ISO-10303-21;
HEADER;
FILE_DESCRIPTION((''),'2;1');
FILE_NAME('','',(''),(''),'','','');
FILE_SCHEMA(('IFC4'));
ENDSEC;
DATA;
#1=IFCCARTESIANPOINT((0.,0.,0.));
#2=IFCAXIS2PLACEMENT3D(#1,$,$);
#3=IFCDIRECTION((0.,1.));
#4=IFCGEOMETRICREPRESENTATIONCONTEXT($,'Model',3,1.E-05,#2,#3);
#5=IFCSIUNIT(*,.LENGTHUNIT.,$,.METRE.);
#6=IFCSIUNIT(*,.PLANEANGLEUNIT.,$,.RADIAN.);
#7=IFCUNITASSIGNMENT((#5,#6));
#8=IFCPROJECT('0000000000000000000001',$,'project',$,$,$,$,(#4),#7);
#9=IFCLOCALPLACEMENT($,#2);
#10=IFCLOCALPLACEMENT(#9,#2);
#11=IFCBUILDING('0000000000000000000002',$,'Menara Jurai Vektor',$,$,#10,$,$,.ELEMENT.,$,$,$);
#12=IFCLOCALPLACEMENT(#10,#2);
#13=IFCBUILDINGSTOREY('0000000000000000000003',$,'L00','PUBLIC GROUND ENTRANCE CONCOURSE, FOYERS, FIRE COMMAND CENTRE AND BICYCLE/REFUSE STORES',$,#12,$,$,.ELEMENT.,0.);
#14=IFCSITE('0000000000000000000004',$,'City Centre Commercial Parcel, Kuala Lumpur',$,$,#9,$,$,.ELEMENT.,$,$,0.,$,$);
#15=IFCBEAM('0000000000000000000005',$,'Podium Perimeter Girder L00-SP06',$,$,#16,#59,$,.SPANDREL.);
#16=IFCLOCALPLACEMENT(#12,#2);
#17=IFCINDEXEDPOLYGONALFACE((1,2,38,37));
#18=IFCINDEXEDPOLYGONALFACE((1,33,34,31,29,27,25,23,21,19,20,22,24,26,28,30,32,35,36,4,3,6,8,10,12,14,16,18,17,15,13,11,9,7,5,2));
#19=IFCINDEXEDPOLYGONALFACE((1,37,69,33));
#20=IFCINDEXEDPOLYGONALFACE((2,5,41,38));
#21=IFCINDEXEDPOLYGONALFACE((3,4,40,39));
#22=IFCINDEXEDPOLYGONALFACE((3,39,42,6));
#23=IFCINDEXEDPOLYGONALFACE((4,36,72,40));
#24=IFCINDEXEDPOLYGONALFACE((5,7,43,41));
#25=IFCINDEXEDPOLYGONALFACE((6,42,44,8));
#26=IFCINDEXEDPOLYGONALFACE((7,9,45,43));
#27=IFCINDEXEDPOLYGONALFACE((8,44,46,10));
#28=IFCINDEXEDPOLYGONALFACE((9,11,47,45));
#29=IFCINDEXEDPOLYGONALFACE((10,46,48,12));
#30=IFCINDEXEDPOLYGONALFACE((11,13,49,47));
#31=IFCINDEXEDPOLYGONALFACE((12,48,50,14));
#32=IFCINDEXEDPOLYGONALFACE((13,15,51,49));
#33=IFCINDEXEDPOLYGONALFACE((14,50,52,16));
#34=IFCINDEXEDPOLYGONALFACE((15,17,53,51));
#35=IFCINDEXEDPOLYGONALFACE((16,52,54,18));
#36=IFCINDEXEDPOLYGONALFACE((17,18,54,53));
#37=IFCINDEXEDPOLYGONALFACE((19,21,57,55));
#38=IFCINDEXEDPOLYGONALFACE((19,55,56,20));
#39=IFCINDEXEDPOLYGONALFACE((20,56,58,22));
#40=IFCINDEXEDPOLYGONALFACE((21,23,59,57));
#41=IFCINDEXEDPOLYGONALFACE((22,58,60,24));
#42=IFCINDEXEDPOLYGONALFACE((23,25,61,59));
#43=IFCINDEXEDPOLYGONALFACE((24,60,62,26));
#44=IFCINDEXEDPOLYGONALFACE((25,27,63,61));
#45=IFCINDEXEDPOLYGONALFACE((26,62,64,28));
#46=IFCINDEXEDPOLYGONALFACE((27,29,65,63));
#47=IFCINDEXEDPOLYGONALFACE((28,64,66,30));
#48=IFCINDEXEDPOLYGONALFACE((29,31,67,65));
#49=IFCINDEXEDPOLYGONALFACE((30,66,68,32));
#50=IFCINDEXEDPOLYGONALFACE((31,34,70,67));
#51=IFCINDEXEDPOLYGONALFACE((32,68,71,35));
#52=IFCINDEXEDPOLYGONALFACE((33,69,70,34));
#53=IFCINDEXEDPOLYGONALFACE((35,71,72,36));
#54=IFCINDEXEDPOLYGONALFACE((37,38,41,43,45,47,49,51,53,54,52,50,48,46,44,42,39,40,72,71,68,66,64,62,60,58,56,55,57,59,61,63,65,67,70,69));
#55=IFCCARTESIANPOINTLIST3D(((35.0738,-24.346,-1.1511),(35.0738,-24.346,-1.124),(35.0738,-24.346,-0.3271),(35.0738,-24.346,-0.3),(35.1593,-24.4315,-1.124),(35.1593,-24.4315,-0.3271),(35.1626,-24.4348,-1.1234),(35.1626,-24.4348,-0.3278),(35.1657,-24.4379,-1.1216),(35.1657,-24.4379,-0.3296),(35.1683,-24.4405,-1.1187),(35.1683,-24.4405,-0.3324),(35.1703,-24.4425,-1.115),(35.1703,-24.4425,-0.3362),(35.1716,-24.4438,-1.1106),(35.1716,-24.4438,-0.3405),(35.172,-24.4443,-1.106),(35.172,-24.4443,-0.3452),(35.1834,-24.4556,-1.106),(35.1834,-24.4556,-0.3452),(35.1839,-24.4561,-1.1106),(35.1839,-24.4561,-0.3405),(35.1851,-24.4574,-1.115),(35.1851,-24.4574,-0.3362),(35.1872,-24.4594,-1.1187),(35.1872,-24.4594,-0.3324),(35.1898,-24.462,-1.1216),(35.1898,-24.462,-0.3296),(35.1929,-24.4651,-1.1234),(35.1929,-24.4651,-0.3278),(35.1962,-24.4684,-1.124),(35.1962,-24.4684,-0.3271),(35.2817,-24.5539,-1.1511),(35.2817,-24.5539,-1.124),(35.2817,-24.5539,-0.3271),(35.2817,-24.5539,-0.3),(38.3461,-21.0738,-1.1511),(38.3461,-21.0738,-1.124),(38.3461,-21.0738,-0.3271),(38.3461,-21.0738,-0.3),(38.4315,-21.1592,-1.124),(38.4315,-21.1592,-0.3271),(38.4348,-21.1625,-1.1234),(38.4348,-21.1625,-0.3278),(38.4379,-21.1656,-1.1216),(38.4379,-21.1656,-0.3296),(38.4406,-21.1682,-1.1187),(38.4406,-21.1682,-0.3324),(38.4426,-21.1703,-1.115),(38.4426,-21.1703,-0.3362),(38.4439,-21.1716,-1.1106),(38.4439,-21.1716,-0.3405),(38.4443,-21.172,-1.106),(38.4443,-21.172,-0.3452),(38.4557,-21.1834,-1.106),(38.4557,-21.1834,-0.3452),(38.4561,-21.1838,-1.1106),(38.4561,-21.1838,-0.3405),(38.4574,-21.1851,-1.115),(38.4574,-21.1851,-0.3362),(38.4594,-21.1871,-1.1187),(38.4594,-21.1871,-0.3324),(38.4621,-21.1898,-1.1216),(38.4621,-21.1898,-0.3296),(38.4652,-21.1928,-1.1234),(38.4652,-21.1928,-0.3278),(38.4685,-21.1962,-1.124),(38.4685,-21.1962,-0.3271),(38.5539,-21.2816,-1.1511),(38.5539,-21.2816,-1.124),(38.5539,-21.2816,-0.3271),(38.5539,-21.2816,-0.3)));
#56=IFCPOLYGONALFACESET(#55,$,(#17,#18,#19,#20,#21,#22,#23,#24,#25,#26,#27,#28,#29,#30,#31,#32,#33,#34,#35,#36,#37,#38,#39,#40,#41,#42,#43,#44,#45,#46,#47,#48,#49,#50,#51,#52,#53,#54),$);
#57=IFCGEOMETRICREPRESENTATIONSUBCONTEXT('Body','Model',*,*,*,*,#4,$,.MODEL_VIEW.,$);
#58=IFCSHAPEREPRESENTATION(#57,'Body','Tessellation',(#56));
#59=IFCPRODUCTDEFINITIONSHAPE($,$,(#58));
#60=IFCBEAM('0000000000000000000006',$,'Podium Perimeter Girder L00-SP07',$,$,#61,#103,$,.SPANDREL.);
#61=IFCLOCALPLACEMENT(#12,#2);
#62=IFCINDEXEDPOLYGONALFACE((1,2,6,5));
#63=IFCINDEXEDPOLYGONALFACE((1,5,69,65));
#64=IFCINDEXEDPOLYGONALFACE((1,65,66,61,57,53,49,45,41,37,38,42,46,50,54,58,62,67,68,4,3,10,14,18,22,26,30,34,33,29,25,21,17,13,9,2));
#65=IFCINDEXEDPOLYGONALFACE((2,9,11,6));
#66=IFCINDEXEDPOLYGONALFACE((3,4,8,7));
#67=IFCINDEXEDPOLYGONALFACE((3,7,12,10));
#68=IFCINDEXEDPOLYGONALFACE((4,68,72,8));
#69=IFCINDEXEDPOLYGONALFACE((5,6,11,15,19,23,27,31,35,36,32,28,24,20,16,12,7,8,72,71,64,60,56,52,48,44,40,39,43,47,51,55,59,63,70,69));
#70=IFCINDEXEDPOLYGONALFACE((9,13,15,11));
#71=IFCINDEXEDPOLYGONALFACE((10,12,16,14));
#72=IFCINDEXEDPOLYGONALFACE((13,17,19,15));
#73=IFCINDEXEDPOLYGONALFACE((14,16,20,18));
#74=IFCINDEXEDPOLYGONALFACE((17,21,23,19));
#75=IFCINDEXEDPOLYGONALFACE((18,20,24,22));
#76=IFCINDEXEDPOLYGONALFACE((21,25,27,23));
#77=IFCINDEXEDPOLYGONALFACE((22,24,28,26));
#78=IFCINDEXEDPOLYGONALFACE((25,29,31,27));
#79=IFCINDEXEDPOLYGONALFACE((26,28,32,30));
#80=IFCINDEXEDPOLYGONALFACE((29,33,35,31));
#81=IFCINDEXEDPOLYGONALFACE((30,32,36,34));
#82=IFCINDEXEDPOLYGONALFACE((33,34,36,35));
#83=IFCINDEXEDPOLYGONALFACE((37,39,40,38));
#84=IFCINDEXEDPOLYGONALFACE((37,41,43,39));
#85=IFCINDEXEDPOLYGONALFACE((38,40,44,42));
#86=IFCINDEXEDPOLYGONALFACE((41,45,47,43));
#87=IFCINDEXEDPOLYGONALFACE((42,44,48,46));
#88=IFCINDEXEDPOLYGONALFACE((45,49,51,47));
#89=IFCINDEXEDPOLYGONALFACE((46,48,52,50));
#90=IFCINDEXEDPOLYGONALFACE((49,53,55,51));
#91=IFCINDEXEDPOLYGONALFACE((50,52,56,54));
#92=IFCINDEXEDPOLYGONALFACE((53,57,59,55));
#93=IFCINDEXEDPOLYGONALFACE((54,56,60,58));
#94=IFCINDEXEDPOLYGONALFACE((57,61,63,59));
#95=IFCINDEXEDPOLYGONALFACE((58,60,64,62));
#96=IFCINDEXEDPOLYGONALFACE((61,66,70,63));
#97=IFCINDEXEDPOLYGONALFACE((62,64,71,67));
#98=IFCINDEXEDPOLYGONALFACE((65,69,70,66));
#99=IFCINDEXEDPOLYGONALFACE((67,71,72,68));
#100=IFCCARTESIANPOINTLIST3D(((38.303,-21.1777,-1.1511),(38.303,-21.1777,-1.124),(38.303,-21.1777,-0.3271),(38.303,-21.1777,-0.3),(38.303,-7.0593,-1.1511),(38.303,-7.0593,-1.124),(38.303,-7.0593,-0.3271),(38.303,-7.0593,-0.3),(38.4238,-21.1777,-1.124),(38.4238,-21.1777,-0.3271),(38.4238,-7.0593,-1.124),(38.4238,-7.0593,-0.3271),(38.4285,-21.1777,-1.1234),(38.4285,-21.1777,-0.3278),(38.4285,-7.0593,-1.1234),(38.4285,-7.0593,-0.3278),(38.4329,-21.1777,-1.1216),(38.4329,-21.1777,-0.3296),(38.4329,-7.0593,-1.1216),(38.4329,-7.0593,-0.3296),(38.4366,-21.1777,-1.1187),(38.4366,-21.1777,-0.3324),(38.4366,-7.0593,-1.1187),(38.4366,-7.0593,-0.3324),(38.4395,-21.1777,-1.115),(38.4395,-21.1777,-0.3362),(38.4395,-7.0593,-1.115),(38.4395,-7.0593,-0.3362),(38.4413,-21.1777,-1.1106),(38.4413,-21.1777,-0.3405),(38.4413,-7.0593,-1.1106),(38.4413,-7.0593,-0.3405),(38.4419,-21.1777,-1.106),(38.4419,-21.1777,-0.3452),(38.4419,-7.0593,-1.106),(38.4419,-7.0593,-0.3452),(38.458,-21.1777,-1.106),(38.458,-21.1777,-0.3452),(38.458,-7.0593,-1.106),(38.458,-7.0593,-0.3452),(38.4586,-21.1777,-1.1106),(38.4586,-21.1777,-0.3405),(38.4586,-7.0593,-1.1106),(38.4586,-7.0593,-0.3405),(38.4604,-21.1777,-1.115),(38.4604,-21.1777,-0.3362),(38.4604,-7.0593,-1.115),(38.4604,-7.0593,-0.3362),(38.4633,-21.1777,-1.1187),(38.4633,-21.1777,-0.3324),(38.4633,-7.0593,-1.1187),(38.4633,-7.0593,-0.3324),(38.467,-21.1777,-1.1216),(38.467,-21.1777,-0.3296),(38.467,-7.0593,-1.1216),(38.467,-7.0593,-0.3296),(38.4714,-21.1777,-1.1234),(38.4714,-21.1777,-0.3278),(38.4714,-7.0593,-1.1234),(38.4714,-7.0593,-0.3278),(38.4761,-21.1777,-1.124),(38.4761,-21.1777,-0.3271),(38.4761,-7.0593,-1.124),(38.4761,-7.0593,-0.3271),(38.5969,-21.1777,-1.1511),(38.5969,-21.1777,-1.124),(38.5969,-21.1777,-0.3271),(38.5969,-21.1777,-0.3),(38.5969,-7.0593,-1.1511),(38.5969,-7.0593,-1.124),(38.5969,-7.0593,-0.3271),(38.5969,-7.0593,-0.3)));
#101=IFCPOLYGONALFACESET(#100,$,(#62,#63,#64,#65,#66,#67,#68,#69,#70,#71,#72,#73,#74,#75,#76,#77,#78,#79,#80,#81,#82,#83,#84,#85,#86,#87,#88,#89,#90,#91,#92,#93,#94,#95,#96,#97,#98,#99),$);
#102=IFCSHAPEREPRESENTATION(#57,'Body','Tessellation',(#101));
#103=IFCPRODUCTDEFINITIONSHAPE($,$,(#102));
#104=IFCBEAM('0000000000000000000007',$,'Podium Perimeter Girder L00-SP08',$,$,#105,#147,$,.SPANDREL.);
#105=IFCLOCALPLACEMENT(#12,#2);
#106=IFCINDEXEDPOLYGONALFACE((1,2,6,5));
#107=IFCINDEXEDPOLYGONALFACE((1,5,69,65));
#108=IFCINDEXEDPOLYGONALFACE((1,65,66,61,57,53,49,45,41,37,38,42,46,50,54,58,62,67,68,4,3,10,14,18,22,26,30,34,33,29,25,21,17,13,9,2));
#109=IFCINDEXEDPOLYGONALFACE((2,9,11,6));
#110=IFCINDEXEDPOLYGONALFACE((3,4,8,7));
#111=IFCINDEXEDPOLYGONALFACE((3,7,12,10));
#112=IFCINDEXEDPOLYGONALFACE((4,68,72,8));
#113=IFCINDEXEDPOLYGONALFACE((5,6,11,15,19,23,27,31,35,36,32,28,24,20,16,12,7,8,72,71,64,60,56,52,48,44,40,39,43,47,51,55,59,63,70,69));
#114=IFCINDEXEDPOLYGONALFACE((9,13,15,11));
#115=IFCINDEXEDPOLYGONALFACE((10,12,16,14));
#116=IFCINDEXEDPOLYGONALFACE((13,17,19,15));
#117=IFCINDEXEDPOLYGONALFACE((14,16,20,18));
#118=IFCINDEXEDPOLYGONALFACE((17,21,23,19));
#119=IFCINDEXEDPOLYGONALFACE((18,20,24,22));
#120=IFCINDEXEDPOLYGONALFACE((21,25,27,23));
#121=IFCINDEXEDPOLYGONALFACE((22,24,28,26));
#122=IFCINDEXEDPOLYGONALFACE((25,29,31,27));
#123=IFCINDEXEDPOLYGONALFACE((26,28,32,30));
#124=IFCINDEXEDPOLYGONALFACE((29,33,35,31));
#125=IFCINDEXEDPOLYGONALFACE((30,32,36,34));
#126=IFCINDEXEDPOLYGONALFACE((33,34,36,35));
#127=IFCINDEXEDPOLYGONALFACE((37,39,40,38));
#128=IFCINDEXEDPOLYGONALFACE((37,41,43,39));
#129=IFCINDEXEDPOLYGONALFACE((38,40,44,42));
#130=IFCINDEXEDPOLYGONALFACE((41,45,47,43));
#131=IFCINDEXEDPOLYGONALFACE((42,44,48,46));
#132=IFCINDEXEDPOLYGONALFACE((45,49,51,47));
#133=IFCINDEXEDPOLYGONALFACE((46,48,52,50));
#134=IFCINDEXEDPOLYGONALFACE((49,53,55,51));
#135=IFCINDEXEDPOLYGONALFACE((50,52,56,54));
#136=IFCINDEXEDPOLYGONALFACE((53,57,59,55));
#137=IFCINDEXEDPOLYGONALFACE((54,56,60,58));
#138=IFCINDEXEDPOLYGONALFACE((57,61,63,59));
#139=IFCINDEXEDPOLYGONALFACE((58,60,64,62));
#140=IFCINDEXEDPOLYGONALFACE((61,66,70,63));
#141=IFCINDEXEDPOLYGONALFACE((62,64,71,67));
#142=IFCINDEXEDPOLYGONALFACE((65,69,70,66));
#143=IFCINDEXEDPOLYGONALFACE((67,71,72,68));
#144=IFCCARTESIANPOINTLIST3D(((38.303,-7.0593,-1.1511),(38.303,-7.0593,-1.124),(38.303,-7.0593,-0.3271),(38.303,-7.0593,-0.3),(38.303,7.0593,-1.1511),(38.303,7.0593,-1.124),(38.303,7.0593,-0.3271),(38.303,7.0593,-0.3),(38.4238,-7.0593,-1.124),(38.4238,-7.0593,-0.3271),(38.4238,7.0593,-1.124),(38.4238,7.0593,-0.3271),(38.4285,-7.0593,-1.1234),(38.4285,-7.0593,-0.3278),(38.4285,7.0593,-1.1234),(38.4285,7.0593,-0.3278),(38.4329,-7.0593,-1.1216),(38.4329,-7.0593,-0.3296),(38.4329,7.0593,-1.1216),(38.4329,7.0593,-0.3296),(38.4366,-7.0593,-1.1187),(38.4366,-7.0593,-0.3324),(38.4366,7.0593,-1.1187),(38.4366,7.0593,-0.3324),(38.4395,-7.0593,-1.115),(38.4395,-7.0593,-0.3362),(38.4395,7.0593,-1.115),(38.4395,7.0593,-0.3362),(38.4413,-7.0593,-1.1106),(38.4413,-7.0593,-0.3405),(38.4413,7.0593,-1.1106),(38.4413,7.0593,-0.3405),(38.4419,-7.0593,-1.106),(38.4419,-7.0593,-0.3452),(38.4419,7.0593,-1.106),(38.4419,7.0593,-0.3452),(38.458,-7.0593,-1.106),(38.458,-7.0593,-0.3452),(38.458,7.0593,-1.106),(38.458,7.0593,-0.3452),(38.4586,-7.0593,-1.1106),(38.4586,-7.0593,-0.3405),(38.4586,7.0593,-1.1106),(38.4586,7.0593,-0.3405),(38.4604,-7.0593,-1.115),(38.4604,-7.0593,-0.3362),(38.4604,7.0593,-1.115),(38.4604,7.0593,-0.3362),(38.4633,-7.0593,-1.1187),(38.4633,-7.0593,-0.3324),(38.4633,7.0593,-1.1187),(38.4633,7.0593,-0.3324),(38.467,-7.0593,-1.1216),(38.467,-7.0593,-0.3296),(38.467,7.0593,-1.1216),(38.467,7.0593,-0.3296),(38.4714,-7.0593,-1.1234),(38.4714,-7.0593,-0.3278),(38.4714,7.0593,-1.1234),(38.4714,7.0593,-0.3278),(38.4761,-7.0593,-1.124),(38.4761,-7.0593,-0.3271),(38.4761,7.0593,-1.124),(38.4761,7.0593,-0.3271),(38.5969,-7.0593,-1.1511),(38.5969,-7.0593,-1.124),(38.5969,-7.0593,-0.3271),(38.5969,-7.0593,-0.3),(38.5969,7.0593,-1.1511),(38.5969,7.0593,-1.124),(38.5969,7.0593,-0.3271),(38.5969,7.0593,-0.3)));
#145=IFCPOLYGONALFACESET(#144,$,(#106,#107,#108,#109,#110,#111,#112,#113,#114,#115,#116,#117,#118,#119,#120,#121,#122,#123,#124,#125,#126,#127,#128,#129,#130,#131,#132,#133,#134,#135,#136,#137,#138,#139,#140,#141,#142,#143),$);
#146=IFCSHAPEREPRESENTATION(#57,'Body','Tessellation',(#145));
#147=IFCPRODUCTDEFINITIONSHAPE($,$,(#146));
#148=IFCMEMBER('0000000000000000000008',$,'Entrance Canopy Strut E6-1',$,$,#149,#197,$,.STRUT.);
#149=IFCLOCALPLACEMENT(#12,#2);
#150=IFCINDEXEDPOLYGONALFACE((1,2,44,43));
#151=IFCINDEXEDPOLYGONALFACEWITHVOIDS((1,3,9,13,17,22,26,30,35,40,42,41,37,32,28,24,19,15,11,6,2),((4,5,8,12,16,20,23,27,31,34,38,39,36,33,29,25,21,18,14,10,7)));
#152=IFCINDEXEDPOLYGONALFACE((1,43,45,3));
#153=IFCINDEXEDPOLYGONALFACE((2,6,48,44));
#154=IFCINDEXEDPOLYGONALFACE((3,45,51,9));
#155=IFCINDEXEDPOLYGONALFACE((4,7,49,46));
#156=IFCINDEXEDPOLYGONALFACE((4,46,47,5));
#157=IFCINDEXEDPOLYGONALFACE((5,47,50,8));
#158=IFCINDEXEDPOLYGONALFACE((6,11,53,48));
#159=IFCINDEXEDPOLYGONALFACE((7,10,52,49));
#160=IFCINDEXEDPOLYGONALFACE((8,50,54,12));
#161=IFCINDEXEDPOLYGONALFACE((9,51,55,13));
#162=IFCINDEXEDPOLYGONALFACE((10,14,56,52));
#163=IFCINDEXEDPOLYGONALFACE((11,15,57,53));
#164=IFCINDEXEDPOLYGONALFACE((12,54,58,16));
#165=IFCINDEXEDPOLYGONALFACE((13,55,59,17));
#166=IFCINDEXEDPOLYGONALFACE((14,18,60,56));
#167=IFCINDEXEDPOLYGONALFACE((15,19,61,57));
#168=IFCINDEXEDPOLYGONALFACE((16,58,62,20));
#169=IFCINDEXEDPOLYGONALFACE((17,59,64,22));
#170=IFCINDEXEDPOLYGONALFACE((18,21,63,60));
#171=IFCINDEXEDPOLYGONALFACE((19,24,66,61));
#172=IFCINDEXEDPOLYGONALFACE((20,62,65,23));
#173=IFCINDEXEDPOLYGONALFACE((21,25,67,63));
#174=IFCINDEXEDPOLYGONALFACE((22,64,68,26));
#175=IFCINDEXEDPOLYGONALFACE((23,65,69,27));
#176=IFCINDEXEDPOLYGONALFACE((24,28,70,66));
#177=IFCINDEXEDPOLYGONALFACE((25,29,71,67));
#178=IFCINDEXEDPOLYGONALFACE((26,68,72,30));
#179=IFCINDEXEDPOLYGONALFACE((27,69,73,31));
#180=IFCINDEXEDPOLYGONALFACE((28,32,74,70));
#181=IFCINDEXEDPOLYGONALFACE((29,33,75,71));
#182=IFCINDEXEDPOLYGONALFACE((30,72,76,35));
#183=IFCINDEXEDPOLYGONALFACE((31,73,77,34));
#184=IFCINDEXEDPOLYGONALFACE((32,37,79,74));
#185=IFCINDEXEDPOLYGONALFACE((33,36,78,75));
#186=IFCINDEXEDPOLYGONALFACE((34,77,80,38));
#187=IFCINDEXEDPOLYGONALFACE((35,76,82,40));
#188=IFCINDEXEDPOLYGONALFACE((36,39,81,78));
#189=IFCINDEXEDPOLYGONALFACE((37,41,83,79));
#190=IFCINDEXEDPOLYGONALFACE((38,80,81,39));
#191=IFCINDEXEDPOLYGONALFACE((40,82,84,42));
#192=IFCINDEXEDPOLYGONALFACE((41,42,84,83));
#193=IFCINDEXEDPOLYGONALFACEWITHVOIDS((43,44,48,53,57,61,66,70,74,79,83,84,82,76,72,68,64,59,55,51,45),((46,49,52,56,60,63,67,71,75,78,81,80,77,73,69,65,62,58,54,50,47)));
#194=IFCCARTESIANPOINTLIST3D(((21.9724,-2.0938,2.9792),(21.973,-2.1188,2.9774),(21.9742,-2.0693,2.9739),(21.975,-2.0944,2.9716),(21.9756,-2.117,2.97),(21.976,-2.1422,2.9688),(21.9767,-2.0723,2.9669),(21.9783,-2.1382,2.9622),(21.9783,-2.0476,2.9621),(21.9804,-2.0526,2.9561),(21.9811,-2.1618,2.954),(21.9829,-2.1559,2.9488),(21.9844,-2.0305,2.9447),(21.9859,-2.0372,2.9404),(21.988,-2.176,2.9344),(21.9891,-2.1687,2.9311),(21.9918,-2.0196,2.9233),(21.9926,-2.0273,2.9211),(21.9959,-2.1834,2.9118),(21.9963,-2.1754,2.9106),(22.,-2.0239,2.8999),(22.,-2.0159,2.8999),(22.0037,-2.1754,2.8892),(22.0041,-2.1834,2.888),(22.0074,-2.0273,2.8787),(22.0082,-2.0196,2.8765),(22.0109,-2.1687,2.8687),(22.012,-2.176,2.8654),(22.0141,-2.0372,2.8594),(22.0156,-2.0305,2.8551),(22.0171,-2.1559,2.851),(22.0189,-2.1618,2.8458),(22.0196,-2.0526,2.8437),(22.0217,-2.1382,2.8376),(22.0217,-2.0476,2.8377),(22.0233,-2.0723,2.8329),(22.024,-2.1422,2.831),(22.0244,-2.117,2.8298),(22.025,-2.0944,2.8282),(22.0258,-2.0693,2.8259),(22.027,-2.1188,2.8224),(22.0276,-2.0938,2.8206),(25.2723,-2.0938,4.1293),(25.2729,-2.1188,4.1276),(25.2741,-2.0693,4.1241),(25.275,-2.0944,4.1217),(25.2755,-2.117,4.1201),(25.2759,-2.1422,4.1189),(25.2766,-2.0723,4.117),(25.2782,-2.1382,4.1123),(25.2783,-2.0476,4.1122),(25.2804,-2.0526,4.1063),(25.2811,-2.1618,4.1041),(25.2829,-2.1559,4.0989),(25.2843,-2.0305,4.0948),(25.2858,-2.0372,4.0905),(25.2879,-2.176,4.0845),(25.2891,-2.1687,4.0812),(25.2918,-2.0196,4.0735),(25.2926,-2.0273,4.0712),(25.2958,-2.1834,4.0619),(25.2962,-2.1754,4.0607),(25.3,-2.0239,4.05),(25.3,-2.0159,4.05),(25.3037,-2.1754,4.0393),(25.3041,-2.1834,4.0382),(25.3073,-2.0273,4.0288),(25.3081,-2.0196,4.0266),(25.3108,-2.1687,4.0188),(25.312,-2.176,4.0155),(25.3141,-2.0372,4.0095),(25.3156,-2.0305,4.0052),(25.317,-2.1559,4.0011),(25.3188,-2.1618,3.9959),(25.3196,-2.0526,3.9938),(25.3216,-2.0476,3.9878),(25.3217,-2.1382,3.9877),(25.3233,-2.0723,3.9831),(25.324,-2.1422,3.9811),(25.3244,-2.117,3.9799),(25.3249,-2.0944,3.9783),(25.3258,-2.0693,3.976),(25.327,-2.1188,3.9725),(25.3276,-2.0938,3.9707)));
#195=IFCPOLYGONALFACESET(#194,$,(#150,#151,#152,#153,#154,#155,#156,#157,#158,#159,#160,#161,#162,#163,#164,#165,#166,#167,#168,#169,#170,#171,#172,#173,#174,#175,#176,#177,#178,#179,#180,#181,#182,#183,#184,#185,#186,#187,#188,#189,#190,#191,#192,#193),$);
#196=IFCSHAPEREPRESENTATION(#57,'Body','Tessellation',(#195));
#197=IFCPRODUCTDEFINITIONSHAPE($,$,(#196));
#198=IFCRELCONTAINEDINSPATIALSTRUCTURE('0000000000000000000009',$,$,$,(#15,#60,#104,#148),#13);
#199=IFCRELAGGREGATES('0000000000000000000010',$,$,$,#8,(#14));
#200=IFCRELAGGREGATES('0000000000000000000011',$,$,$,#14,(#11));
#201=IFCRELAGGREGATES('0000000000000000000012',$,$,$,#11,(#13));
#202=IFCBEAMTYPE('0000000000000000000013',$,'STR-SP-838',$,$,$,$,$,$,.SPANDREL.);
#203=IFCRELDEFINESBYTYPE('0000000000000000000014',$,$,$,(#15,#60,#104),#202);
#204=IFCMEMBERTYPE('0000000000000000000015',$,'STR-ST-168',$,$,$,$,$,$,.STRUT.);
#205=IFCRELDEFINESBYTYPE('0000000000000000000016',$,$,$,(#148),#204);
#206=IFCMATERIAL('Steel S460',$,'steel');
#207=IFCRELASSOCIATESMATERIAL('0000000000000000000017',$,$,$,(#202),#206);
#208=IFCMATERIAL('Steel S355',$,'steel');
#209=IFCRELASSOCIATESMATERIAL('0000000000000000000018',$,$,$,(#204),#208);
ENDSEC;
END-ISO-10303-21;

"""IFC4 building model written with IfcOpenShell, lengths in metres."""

from ifc_helpers import new_model, si_unit, direction, frame, origin, origin_2d, place, context, subcontext, project, spatial, hollow_circle, i_section, extrude, material, material_profile, profile_set, type_object, element, save


model = new_model("IFC4")

# Units and contexts
model_context = context("Model", 3, precision=1e-05, world=origin(), true_north=direction((0.0, 1.0)))
body_context = subcontext(model_context, "Body", "Model", "MODEL_VIEW")
ifc_project = project(units=[si_unit("LENGTHUNIT", "METRE"), si_unit("PLANEANGLEUNIT", "RADIAN")], contexts=[model_context])

# Site, building, storey
site_placement = place(None, origin())
site = spatial("IfcSite", under=ifc_project, at=site_placement, Name="City Centre Commercial Parcel, Kuala Lumpur", CompositionType="ELEMENT", RefElevation=0.0)
building_placement = place(site_placement, origin())
building = spatial("IfcBuilding", under=site, at=building_placement, Name="Menara Jurai Vektor", CompositionType="ELEMENT")
storey_placement = place(building_placement, origin())
storey = spatial("IfcBuildingStorey", under=building, at=storey_placement, Name="L00", Description="PUBLIC GROUND ENTRANCE CONCOURSE, FOYERS, FIRE COMMAND CENTRE AND BICYCLE/REFUSE STORES", CompositionType="ELEMENT", Elevation=0.0)

# Shared definitions
ifc_material_1 = material(Name="Steel S355", Category="steel")
ifc_material_2 = material(Name="Steel S460", Category="steel")

# Beams
ifc_material_profile_1 = material_profile(ifc_material_2, i_section(OverallWidth=0.2939, OverallDepth=0.8511, WebThickness=0.0161, FlangeThickness=0.0271, FilletRadius=0.0181, at=origin_2d()), Name="UKB 838x292x226")
ifc_profile_set_1 = profile_set([ifc_material_profile_1], Name="Steel S460")
beam_type_1 = type_object("IfcBeamType", Name="STR-SP-838", PredefinedType="SPANDREL", material=ifc_profile_set_1)
beam_1_placement = place(storey_placement, frame((35.1777, -24.45, -0.7256), z_axis=(0.707107, 0.707107, 0.0), x_axis=(-0.707107, 0.707107, 0.0)))
element("IfcBeam", 1, at=beam_1_placement, inside=storey, type_object=beam_type_1, Name="Podium Perimeter Girder L00-SP06", PredefinedType="SPANDREL", context=body_context, shape_type="SweptSolid", body=[
    extrude(i_section(OverallWidth=0.2939, OverallDepth=0.8511, WebThickness=0.0161, FlangeThickness=0.0271, FilletRadius=0.0181, at=origin_2d()), origin(), (0.0, 0.0, 1.0), 4.6277),
])
beam_2_placement = place(storey_placement, frame((38.45, -21.1777, -0.7256), z_axis=(0.0, 1.0, 0.0), x_axis=(-1.0, 0.0, 0.0)))
element("IfcBeam", 2, at=beam_2_placement, inside=storey, type_object=beam_type_1, Name="Podium Perimeter Girder L00-SP07", PredefinedType="SPANDREL", context=body_context, shape_type="SweptSolid", body=[
    extrude(i_section(OverallWidth=0.2939, OverallDepth=0.8511, WebThickness=0.0161, FlangeThickness=0.0271, FilletRadius=0.0181, at=origin_2d()), origin(), (0.0, 0.0, 1.0), 14.1184),
])
beam_3_placement = place(storey_placement, frame((38.45, -7.0593, -0.7256), z_axis=(0.0, 1.0, 0.0), x_axis=(-1.0, 0.0, 0.0)))
element("IfcBeam", 3, at=beam_3_placement, inside=storey, type_object=beam_type_1, Name="Podium Perimeter Girder L00-SP08", PredefinedType="SPANDREL", context=body_context, shape_type="SweptSolid", body=[
    extrude(i_section(OverallWidth=0.2939, OverallDepth=0.8511, WebThickness=0.0161, FlangeThickness=0.0271, FilletRadius=0.0181, at=origin_2d()), origin(), (0.0, 0.0, 1.0), 14.1187),
])

# Member
ifc_material_profile_2 = material_profile(ifc_material_1, hollow_circle(Radius=0.0842, WallThickness=0.0081, at=origin_2d()), Name="CHS 168.3x8")
ifc_profile_set_2 = profile_set([ifc_material_profile_2], Name="Steel S355")
member_type_1 = type_object("IfcMemberType", Name="STR-ST-168", PredefinedType="STRUT", material=ifc_profile_set_2)
member_1_placement = place(storey_placement, frame((22.0, -2.1001, 2.8999), z_axis=(0.944292, 0.0, 0.329109), x_axis=(0.0, 1.0, 0.0)))
element("IfcMember", 4, at=member_1_placement, inside=storey, type_object=member_type_1, Name="Entrance Canopy Strut E6-1", PredefinedType="STRUT", context=body_context, shape_type="SweptSolid", body=[
    extrude(hollow_circle(Radius=0.0842, WallThickness=0.0081, at=origin_2d()), origin(), (0.0, 0.0, 1.0), 3.4946),
])

save(model, "model.ifc")
